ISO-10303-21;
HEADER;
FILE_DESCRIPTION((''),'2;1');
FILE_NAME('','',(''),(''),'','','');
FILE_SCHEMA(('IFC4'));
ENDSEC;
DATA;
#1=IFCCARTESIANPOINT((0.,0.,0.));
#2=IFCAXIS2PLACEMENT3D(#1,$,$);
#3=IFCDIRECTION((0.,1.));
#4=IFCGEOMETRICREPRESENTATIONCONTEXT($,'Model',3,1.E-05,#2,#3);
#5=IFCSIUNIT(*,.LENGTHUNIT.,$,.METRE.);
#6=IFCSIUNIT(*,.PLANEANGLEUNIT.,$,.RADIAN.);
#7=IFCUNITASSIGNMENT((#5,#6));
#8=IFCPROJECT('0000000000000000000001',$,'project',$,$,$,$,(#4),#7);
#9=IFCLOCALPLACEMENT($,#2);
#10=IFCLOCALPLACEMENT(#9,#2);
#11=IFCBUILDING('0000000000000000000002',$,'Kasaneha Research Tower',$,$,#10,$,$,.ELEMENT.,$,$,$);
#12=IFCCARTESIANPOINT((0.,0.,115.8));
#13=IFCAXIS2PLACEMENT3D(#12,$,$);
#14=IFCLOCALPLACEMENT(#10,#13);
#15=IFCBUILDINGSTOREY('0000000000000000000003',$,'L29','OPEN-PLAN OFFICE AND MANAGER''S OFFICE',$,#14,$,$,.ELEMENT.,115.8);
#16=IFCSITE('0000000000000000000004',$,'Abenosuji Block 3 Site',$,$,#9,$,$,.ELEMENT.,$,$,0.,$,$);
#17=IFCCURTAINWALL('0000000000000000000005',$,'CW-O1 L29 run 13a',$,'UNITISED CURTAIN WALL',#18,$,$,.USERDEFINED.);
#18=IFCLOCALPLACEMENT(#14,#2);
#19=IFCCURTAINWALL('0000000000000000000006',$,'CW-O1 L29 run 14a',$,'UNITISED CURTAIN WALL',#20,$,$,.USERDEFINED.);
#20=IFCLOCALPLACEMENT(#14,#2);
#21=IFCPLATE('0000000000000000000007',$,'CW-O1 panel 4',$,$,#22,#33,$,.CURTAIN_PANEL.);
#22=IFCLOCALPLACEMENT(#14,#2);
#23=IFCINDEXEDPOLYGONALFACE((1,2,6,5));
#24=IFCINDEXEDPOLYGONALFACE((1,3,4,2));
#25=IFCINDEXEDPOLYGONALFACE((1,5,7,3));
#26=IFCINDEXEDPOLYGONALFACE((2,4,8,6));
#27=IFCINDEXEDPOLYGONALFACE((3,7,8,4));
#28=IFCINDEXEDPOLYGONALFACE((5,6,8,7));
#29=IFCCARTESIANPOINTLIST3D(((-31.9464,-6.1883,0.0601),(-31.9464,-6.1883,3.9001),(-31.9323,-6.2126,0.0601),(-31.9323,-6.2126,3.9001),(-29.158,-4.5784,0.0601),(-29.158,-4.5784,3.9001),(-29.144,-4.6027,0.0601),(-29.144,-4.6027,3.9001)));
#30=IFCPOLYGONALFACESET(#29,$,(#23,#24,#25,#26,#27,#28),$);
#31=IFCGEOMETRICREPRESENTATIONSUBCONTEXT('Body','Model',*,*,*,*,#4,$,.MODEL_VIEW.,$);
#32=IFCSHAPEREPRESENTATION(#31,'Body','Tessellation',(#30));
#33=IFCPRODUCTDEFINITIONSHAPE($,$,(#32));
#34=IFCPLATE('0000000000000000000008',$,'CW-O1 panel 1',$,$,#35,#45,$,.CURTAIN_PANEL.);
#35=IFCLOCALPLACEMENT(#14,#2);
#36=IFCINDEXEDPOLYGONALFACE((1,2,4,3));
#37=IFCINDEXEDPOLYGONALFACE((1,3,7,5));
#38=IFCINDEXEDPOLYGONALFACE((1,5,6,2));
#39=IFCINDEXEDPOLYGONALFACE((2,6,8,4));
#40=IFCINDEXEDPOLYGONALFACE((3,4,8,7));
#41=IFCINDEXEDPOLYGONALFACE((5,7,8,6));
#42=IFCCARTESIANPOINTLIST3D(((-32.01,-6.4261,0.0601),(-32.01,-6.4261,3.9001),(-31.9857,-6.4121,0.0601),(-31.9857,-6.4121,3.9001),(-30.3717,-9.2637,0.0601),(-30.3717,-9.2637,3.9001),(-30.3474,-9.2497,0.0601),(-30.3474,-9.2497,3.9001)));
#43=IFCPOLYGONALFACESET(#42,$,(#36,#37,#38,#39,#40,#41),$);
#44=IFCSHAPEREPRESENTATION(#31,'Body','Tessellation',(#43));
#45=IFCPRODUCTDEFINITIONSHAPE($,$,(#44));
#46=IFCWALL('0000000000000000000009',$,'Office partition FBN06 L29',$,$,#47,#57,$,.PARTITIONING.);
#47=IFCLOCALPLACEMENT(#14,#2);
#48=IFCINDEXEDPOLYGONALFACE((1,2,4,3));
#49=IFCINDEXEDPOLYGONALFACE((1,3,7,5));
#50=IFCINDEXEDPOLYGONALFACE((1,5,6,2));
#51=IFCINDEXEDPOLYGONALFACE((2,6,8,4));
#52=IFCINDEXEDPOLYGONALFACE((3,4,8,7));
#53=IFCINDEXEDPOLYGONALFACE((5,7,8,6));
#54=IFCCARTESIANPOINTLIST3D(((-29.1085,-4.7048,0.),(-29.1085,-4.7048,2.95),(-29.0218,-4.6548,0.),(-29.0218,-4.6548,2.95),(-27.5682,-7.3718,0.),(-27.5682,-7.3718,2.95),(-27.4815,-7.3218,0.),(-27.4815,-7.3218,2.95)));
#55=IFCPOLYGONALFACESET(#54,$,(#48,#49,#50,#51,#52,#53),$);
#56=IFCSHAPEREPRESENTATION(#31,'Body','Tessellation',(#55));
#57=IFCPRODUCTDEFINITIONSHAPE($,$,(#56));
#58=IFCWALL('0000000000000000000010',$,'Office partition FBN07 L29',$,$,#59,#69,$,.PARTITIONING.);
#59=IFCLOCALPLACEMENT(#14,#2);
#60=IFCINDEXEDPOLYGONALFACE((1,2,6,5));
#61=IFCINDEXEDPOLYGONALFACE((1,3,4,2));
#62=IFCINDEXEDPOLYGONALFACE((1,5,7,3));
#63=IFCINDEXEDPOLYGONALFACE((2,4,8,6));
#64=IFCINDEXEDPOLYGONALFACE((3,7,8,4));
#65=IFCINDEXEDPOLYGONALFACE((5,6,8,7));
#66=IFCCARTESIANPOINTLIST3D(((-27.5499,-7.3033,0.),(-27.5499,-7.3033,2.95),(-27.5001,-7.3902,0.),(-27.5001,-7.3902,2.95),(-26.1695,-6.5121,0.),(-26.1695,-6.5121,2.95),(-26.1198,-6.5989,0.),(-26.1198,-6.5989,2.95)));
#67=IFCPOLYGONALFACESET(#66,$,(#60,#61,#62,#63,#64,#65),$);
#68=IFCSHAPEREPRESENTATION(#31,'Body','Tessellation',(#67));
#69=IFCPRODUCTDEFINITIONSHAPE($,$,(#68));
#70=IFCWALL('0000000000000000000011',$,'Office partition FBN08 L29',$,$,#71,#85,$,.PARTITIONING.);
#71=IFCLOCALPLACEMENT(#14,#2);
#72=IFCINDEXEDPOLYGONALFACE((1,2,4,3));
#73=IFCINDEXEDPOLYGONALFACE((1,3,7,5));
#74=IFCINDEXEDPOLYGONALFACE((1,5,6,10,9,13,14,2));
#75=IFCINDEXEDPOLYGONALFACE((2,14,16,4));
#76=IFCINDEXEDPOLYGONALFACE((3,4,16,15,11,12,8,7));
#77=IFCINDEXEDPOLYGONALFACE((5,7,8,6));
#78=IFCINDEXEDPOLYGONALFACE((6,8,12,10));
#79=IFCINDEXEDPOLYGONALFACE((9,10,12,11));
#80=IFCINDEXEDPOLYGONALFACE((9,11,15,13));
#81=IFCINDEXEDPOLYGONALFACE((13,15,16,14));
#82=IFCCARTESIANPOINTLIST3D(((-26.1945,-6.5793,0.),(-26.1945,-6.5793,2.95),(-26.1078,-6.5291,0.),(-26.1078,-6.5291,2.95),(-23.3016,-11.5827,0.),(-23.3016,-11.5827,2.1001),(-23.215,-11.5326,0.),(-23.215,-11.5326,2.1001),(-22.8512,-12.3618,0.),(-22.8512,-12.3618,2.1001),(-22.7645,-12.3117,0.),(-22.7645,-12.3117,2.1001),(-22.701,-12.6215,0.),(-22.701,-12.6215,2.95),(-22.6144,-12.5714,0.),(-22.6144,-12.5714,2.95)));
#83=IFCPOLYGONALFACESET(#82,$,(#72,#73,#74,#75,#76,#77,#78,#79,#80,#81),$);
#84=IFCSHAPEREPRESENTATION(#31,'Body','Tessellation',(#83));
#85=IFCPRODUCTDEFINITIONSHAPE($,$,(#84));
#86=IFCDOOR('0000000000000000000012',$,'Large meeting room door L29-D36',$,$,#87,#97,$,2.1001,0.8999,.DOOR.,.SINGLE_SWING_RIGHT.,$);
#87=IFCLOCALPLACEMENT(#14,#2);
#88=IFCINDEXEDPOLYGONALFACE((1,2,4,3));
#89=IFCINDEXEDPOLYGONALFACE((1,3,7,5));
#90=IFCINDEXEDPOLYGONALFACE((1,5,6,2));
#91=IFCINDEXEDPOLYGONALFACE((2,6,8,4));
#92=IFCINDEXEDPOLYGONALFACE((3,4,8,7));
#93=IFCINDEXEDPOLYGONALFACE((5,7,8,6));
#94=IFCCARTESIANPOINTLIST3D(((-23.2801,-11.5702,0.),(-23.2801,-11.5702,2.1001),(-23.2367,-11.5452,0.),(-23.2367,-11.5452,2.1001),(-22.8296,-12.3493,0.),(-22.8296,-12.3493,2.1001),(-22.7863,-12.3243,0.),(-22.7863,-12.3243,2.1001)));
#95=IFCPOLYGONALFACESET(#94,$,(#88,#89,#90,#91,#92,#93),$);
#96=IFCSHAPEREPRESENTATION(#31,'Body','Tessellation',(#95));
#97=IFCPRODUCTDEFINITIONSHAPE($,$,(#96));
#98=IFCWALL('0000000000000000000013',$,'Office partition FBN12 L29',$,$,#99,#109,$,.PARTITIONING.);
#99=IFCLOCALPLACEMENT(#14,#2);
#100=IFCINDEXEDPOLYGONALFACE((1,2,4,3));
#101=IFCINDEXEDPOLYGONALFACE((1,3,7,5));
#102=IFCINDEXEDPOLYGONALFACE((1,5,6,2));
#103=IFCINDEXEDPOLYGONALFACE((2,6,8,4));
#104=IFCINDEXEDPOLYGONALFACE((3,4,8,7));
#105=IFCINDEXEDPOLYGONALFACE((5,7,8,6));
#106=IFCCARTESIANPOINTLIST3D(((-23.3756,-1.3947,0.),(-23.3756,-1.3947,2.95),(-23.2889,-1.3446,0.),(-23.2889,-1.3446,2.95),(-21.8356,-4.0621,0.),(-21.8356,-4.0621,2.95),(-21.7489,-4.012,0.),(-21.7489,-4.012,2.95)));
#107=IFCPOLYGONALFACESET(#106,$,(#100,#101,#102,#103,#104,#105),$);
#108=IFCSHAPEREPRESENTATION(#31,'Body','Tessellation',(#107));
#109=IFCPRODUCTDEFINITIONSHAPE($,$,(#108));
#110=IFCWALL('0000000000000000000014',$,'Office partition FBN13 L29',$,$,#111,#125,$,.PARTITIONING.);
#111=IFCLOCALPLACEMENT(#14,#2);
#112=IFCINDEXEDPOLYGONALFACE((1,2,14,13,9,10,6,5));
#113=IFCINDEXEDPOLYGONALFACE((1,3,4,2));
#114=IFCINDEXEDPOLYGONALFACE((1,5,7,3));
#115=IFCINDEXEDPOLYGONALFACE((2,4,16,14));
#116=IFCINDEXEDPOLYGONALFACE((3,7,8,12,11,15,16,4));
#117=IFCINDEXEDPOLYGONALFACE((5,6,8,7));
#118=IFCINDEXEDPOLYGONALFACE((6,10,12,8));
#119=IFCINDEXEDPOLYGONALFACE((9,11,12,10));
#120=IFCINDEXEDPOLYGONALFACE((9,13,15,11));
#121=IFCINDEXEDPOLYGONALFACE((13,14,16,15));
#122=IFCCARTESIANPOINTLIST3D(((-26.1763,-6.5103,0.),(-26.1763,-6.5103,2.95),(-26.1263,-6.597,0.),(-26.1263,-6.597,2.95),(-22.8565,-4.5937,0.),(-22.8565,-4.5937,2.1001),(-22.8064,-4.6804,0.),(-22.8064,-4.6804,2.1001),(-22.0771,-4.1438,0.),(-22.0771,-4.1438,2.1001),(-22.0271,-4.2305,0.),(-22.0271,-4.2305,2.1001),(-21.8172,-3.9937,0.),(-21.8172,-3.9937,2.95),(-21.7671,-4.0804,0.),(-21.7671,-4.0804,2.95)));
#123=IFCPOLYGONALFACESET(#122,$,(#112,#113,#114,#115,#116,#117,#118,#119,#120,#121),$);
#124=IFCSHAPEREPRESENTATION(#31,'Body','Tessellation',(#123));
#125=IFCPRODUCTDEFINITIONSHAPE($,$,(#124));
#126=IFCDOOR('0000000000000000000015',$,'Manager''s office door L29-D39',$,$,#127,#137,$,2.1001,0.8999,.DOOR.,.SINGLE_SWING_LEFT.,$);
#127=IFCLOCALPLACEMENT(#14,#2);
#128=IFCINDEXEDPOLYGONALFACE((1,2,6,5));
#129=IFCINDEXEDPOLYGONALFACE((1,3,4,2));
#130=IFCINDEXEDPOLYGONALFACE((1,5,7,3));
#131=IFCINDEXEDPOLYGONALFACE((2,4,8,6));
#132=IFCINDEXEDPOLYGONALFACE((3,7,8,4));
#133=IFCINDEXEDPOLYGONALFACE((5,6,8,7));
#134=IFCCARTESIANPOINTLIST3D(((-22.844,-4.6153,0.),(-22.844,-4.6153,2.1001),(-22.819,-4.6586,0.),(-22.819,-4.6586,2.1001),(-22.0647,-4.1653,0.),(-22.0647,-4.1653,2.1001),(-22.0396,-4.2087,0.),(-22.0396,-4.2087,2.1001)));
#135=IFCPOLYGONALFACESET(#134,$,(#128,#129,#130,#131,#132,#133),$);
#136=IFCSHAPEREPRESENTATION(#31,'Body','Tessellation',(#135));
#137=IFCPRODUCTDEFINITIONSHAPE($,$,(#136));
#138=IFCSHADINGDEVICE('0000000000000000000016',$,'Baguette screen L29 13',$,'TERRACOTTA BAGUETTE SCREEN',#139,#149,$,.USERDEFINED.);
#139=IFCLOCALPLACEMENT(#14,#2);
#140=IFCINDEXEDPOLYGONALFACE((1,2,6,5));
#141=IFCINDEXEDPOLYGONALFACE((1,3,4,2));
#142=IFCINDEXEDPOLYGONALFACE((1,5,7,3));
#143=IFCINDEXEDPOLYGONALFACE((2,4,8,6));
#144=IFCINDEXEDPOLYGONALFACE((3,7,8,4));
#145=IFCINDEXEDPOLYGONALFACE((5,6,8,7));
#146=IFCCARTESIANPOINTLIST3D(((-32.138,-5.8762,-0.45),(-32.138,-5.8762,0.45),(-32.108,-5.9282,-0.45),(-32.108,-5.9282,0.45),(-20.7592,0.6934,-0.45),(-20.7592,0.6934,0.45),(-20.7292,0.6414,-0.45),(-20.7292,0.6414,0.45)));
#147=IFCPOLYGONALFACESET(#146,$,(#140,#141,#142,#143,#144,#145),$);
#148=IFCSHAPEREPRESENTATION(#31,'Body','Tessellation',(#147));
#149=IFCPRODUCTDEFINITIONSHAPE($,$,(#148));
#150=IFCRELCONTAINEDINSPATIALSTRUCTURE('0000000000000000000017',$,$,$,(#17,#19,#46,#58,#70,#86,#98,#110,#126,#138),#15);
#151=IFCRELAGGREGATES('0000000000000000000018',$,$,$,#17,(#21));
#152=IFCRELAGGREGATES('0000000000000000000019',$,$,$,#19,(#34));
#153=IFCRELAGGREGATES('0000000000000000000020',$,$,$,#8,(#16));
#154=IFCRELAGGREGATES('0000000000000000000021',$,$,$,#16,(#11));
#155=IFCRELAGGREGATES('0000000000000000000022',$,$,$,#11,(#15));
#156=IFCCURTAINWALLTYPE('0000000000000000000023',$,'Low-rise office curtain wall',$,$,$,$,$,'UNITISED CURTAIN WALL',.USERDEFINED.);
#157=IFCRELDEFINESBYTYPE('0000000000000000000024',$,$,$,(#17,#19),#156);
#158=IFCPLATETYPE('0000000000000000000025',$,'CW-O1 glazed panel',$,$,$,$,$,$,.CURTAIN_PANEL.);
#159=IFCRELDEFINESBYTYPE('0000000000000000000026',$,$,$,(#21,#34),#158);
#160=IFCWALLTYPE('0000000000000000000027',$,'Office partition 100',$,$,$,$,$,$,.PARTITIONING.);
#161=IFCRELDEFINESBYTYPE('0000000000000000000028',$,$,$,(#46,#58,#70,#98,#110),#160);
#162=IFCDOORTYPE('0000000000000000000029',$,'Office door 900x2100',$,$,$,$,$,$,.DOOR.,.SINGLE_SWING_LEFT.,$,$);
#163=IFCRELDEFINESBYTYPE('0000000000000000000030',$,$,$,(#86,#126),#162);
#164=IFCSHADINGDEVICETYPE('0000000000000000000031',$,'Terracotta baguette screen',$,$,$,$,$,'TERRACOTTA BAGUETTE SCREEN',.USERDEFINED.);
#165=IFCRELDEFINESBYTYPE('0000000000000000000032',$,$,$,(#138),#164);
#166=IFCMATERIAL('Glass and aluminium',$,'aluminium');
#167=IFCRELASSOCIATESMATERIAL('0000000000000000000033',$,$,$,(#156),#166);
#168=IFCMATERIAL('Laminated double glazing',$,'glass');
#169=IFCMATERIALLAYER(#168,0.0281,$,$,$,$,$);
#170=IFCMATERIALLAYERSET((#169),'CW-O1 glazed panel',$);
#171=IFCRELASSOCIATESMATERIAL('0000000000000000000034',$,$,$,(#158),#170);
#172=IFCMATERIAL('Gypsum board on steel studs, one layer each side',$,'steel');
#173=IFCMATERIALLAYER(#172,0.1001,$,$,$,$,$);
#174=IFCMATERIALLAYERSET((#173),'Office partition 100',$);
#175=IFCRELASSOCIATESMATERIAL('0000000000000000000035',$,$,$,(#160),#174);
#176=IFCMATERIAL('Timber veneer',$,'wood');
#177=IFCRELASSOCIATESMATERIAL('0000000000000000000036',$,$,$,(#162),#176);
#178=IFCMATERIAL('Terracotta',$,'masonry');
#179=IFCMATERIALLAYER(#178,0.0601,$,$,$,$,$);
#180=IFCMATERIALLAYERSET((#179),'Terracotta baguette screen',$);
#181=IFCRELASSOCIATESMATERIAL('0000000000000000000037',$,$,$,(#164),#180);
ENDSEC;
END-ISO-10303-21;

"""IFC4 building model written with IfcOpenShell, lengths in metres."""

from ifc_helpers import new_model, si_unit, direction, frame, frame_2d, origin, origin_2d, place, context, subcontext, project, spatial, rectangle, extrude, material, layer, layer_set, type_object, element, fill, aggregate, save


model = new_model("IFC4")

# Units and contexts
model_context = context("Model", 3, precision=1e-05, world=origin(), true_north=direction((0.0, 1.0)))
body_context = subcontext(model_context, "Body", "Model", "MODEL_VIEW")
ifc_project = project(units=[si_unit("LENGTHUNIT", "METRE"), si_unit("PLANEANGLEUNIT", "RADIAN")], contexts=[model_context])

# Site, building, storey
site_placement = place(None, origin())
site = spatial("IfcSite", under=ifc_project, at=site_placement, Name="Abenosuji Block 3 Site", CompositionType="ELEMENT", RefElevation=0.0)
building_placement = place(site_placement, origin())
building = spatial("IfcBuilding", under=site, at=building_placement, Name="Kasaneha Research Tower", CompositionType="ELEMENT")
storey_placement = place(building_placement, frame((0.0, 0.0, 115.8)))
storey = spatial("IfcBuildingStorey", under=building, at=storey_placement, Name="L29", Description="OPEN-PLAN OFFICE AND MANAGER'S OFFICE", CompositionType="ELEMENT", Elevation=115.8)

# Curtain wall
ifc_material_1 = material(Name="Glass and aluminium", Category="aluminium")
curtain_wall_type = type_object("IfcCurtainWallType", Name="Low-rise office curtain wall", ElementType="UNITISED CURTAIN WALL", PredefinedType="USERDEFINED", material=ifc_material_1)
curtain_wall_1_placement = place(storey_placement, origin())
curtain_wall_1 = element("IfcCurtainWall", 1, at=curtain_wall_1_placement, inside=storey, type_object=curtain_wall_type, Name="CW-O1 L29 run 13a", ObjectType="UNITISED CURTAIN WALL", PredefinedType="USERDEFINED")

# Curtain wall
curtain_wall_2_placement = place(storey_placement, origin())
curtain_wall_2 = element("IfcCurtainWall", 2, at=curtain_wall_2_placement, inside=storey, type_object=curtain_wall_type, Name="CW-O1 L29 run 14a", ObjectType="UNITISED CURTAIN WALL", PredefinedType="USERDEFINED")

# Plates
ifc_material_2 = material(Name="Laminated double glazing", Category="glass")
ifc_layer_1 = layer(ifc_material_2, 0.0281)
ifc_layer_set_1 = layer_set([ifc_layer_1], Name="CW-O1 glazed panel")
plate_type = type_object("IfcPlateType", Name="CW-O1 glazed panel", PredefinedType="CURTAIN_PANEL", material=ifc_layer_set_1)
plate_1_placement = place(storey_placement, frame((-30.5452, -5.3955, 0.0601), z_axis=(0.0, 0.0, 1.0), x_axis=(-0.866025, -0.5, 0.0)))
plate_1 = element("IfcPlate", 3, at=plate_1_placement, type_object=plate_type, Name="CW-O1 panel 4", PredefinedType="CURTAIN_PANEL", context=body_context, shape_type="SweptSolid", body=[
    extrude(rectangle(XDim=3.2197, YDim=0.0281, at=origin_2d()), origin(), (0.0, 0.0, 1.0), 3.8401),
])
aggregate(curtain_wall_1, [plate_1])
plate_2_placement = place(storey_placement, frame((-31.1787, -7.8379, 0.0601), z_axis=(0.0, 0.0, 1.0), x_axis=(0.5, -0.866025, 0.0)))
plate_2 = element("IfcPlate", 4, at=plate_2_placement, type_object=plate_type, Name="CW-O1 panel 1", PredefinedType="CURTAIN_PANEL", context=body_context, shape_type="SweptSolid", body=[
    extrude(rectangle(XDim=3.2766, YDim=0.0281, at=origin_2d()), origin(), (0.0, 0.0, 1.0), 3.8401),
])
aggregate(curtain_wall_2, [plate_2])

# Walls
ifc_material_3 = material(Name="Gypsum board on steel studs, one layer each side", Category="steel")
ifc_layer_2 = layer(ifc_material_3, 0.1001)
ifc_layer_set_2 = layer_set([ifc_layer_2], Name="Office partition 100")
wall_type = type_object("IfcWallType", Name="Office partition 100", PredefinedType="PARTITIONING", material=ifc_layer_set_2)
wall_1_placement = place(storey_placement, frame((-29.0652, -4.6797, 0.0), z_axis=(0.0, 0.0, 1.0), x_axis=(0.50012, -0.865956, 0.0)))
element("IfcWall", 5, at=wall_1_placement, inside=storey, type_object=wall_type, Name="Office partition FBN06 L29", PredefinedType="PARTITIONING", context=body_context, shape_type="SweptSolid", body=[
    extrude(rectangle(XDim=3.0798, YDim=0.1001, at=frame_2d((1.54, 0.0))), origin(), (0.0, 0.0, 1.0), 2.95),
])
wall_2_placement = place(storey_placement, frame((-27.5249, -7.3467, 0.0), z_axis=(0.0, 0.0, 1.0), x_axis=(0.867572, 0.497312, 0.0)))
element("IfcWall", 6, at=wall_2_placement, inside=storey, type_object=wall_type, Name="Office partition FBN07 L29", PredefinedType="PARTITIONING", context=body_context, shape_type="SweptSolid", body=[
    extrude(rectangle(XDim=1.5911, YDim=0.1001, at=frame_2d((0.7954, 0.0))), origin(), (0.0, 0.0, 1.0), 2.95),
])

# Wall, opening, door
wall_3_placement = place(storey_placement, frame((-26.1511, -6.5542, 0.0), z_axis=(0.0, 0.0, 1.0), x_axis=(0.500529, -0.86572, 0.0)))
wall_3 = element("IfcWall", 7, at=wall_3_placement, inside=storey, type_object=wall_type, Name="Office partition FBN08 L29", PredefinedType="PARTITIONING", context=body_context, shape_type="SweptSolid", body=[
    extrude(rectangle(XDim=6.9795, YDim=0.1001, at=frame_2d((3.4897, 0.0))), origin(), (0.0, 0.0, 1.0), 2.95),
])
opening_1_placement = place(wall_3_placement, frame((5.7795, 0.0, 0.0)))
opening_1 = element("IfcOpeningElement", 8, at=opening_1_placement, cuts=wall_3, PredefinedType="OPENING", context=body_context, shape_type="SweptSolid", body=[
    extrude(rectangle(XDim=0.8999, YDim=2.1001, at=frame_2d((0.45, 1.05))), frame((0.0, 0.0601, 0.0), z_axis=(0.0, -1.0, 0.0), x_axis=(1.0, 0.0, 0.0)), (0.0, 0.0, 1.0), 0.1201),
])
ifc_material_4 = material(Name="Timber veneer", Category="wood")
door_type = type_object("IfcDoorType", Name="Office door 900x2100", OperationType="SINGLE_SWING_LEFT", PredefinedType="DOOR", material=ifc_material_4)
door_1_placement = place(opening_1_placement, origin())
door_1 = element("IfcDoor", 9, at=door_1_placement, inside=storey, type_object=door_type, Name="Large meeting room door L29-D36", OperationType="SINGLE_SWING_RIGHT", OverallHeight=2.1001, OverallWidth=0.8999, PredefinedType="DOOR", context=body_context, shape_type="SweptSolid", body=[
    extrude(rectangle(XDim=0.8999, YDim=2.1001, at=frame_2d((0.45, 1.05))), frame((0.0, 0.0249, 0.0), z_axis=(0.0, -1.0, 0.0), x_axis=(1.0, 0.0, 0.0)), (0.0, 0.0, 1.0), 0.05),
])
fill(opening_1, door_1)

# Wall
wall_4_placement = place(storey_placement, frame((-23.3323, -1.3696, 0.0), z_axis=(0.0, 0.0, 1.0), x_axis=(0.499992, -0.86603, 0.0)))
element("IfcWall", 10, at=wall_4_placement, inside=storey, type_object=wall_type, Name="Office partition FBN12 L29", PredefinedType="PARTITIONING", context=body_context, shape_type="SweptSolid", body=[
    extrude(rectangle(XDim=3.0801, YDim=0.1001, at=frame_2d((1.54, 0.0))), origin(), (0.0, 0.0, 1.0), 2.95),
])

# Wall, opening, door
wall_5_placement = place(storey_placement, frame((-21.7922, -4.0371, 0.0), z_axis=(0.0, 0.0, 1.0), x_axis=(-0.866038, -0.499979, 0.0)))
wall_5 = element("IfcWall", 11, at=wall_5_placement, inside=storey, type_object=wall_type, Name="Office partition FBN13 L29", PredefinedType="PARTITIONING", context=body_context, shape_type="SweptSolid", body=[
    extrude(rectangle(XDim=5.0334, YDim=0.1001, at=frame_2d((2.5166, 0.0))), origin(), (0.0, 0.0, 1.0), 2.95),
])
opening_2_placement = place(wall_5_placement, frame((0.3, 0.0, 0.0)))
opening_2 = element("IfcOpeningElement", 12, at=opening_2_placement, cuts=wall_5, PredefinedType="OPENING", context=body_context, shape_type="SweptSolid", body=[
    extrude(rectangle(XDim=0.8999, YDim=2.1001, at=frame_2d((0.45, 1.05))), frame((0.0, 0.0601, 0.0), z_axis=(0.0, -1.0, 0.0), x_axis=(1.0, 0.0, 0.0)), (0.0, 0.0, 1.0), 0.1201),
])
door_2_placement = place(opening_2_placement, origin())
door_2 = element("IfcDoor", 13, at=door_2_placement, inside=storey, type_object=door_type, Name="Manager's office door L29-D39", OperationType="SINGLE_SWING_LEFT", OverallHeight=2.1001, OverallWidth=0.8999, PredefinedType="DOOR", context=body_context, shape_type="SweptSolid", body=[
    extrude(rectangle(XDim=0.8999, YDim=2.1001, at=frame_2d((0.45, 1.05))), frame((0.0, 0.0249, 0.0), z_axis=(0.0, -1.0, 0.0), x_axis=(1.0, 0.0, 0.0)), (0.0, 0.0, 1.0), 0.05),
])
fill(opening_2, door_2)

# Shading device
ifc_material_5 = material(Name="Terracotta", Category="masonry")
ifc_layer_3 = layer(ifc_material_5, 0.0601)
ifc_layer_set_3 = layer_set([ifc_layer_3], Name="Terracotta baguette screen")
shading_device_type = type_object("IfcShadingDeviceType", Name="Terracotta baguette screen", ElementType="TERRACOTTA BAGUETTE SCREEN", PredefinedType="USERDEFINED", material=ifc_layer_set_3)
shading_device_placement = place(storey_placement, frame((-26.4336, -2.6174, -0.45), z_axis=(0.0, 0.0, 1.0), x_axis=(-0.866025, -0.5, 0.0)))
element("IfcShadingDevice", 14, at=shading_device_placement, inside=storey, type_object=shading_device_type, Name="Baguette screen L29 13", ObjectType="TERRACOTTA BAGUETTE SCREEN", PredefinedType="USERDEFINED", context=body_context, shape_type="SweptSolid", body=[
    extrude(rectangle(XDim=13.1392, YDim=0.0601, at=origin_2d()), origin(), (0.0, 0.0, 1.0), 0.8999),
])

save(model, "model.ifc")
